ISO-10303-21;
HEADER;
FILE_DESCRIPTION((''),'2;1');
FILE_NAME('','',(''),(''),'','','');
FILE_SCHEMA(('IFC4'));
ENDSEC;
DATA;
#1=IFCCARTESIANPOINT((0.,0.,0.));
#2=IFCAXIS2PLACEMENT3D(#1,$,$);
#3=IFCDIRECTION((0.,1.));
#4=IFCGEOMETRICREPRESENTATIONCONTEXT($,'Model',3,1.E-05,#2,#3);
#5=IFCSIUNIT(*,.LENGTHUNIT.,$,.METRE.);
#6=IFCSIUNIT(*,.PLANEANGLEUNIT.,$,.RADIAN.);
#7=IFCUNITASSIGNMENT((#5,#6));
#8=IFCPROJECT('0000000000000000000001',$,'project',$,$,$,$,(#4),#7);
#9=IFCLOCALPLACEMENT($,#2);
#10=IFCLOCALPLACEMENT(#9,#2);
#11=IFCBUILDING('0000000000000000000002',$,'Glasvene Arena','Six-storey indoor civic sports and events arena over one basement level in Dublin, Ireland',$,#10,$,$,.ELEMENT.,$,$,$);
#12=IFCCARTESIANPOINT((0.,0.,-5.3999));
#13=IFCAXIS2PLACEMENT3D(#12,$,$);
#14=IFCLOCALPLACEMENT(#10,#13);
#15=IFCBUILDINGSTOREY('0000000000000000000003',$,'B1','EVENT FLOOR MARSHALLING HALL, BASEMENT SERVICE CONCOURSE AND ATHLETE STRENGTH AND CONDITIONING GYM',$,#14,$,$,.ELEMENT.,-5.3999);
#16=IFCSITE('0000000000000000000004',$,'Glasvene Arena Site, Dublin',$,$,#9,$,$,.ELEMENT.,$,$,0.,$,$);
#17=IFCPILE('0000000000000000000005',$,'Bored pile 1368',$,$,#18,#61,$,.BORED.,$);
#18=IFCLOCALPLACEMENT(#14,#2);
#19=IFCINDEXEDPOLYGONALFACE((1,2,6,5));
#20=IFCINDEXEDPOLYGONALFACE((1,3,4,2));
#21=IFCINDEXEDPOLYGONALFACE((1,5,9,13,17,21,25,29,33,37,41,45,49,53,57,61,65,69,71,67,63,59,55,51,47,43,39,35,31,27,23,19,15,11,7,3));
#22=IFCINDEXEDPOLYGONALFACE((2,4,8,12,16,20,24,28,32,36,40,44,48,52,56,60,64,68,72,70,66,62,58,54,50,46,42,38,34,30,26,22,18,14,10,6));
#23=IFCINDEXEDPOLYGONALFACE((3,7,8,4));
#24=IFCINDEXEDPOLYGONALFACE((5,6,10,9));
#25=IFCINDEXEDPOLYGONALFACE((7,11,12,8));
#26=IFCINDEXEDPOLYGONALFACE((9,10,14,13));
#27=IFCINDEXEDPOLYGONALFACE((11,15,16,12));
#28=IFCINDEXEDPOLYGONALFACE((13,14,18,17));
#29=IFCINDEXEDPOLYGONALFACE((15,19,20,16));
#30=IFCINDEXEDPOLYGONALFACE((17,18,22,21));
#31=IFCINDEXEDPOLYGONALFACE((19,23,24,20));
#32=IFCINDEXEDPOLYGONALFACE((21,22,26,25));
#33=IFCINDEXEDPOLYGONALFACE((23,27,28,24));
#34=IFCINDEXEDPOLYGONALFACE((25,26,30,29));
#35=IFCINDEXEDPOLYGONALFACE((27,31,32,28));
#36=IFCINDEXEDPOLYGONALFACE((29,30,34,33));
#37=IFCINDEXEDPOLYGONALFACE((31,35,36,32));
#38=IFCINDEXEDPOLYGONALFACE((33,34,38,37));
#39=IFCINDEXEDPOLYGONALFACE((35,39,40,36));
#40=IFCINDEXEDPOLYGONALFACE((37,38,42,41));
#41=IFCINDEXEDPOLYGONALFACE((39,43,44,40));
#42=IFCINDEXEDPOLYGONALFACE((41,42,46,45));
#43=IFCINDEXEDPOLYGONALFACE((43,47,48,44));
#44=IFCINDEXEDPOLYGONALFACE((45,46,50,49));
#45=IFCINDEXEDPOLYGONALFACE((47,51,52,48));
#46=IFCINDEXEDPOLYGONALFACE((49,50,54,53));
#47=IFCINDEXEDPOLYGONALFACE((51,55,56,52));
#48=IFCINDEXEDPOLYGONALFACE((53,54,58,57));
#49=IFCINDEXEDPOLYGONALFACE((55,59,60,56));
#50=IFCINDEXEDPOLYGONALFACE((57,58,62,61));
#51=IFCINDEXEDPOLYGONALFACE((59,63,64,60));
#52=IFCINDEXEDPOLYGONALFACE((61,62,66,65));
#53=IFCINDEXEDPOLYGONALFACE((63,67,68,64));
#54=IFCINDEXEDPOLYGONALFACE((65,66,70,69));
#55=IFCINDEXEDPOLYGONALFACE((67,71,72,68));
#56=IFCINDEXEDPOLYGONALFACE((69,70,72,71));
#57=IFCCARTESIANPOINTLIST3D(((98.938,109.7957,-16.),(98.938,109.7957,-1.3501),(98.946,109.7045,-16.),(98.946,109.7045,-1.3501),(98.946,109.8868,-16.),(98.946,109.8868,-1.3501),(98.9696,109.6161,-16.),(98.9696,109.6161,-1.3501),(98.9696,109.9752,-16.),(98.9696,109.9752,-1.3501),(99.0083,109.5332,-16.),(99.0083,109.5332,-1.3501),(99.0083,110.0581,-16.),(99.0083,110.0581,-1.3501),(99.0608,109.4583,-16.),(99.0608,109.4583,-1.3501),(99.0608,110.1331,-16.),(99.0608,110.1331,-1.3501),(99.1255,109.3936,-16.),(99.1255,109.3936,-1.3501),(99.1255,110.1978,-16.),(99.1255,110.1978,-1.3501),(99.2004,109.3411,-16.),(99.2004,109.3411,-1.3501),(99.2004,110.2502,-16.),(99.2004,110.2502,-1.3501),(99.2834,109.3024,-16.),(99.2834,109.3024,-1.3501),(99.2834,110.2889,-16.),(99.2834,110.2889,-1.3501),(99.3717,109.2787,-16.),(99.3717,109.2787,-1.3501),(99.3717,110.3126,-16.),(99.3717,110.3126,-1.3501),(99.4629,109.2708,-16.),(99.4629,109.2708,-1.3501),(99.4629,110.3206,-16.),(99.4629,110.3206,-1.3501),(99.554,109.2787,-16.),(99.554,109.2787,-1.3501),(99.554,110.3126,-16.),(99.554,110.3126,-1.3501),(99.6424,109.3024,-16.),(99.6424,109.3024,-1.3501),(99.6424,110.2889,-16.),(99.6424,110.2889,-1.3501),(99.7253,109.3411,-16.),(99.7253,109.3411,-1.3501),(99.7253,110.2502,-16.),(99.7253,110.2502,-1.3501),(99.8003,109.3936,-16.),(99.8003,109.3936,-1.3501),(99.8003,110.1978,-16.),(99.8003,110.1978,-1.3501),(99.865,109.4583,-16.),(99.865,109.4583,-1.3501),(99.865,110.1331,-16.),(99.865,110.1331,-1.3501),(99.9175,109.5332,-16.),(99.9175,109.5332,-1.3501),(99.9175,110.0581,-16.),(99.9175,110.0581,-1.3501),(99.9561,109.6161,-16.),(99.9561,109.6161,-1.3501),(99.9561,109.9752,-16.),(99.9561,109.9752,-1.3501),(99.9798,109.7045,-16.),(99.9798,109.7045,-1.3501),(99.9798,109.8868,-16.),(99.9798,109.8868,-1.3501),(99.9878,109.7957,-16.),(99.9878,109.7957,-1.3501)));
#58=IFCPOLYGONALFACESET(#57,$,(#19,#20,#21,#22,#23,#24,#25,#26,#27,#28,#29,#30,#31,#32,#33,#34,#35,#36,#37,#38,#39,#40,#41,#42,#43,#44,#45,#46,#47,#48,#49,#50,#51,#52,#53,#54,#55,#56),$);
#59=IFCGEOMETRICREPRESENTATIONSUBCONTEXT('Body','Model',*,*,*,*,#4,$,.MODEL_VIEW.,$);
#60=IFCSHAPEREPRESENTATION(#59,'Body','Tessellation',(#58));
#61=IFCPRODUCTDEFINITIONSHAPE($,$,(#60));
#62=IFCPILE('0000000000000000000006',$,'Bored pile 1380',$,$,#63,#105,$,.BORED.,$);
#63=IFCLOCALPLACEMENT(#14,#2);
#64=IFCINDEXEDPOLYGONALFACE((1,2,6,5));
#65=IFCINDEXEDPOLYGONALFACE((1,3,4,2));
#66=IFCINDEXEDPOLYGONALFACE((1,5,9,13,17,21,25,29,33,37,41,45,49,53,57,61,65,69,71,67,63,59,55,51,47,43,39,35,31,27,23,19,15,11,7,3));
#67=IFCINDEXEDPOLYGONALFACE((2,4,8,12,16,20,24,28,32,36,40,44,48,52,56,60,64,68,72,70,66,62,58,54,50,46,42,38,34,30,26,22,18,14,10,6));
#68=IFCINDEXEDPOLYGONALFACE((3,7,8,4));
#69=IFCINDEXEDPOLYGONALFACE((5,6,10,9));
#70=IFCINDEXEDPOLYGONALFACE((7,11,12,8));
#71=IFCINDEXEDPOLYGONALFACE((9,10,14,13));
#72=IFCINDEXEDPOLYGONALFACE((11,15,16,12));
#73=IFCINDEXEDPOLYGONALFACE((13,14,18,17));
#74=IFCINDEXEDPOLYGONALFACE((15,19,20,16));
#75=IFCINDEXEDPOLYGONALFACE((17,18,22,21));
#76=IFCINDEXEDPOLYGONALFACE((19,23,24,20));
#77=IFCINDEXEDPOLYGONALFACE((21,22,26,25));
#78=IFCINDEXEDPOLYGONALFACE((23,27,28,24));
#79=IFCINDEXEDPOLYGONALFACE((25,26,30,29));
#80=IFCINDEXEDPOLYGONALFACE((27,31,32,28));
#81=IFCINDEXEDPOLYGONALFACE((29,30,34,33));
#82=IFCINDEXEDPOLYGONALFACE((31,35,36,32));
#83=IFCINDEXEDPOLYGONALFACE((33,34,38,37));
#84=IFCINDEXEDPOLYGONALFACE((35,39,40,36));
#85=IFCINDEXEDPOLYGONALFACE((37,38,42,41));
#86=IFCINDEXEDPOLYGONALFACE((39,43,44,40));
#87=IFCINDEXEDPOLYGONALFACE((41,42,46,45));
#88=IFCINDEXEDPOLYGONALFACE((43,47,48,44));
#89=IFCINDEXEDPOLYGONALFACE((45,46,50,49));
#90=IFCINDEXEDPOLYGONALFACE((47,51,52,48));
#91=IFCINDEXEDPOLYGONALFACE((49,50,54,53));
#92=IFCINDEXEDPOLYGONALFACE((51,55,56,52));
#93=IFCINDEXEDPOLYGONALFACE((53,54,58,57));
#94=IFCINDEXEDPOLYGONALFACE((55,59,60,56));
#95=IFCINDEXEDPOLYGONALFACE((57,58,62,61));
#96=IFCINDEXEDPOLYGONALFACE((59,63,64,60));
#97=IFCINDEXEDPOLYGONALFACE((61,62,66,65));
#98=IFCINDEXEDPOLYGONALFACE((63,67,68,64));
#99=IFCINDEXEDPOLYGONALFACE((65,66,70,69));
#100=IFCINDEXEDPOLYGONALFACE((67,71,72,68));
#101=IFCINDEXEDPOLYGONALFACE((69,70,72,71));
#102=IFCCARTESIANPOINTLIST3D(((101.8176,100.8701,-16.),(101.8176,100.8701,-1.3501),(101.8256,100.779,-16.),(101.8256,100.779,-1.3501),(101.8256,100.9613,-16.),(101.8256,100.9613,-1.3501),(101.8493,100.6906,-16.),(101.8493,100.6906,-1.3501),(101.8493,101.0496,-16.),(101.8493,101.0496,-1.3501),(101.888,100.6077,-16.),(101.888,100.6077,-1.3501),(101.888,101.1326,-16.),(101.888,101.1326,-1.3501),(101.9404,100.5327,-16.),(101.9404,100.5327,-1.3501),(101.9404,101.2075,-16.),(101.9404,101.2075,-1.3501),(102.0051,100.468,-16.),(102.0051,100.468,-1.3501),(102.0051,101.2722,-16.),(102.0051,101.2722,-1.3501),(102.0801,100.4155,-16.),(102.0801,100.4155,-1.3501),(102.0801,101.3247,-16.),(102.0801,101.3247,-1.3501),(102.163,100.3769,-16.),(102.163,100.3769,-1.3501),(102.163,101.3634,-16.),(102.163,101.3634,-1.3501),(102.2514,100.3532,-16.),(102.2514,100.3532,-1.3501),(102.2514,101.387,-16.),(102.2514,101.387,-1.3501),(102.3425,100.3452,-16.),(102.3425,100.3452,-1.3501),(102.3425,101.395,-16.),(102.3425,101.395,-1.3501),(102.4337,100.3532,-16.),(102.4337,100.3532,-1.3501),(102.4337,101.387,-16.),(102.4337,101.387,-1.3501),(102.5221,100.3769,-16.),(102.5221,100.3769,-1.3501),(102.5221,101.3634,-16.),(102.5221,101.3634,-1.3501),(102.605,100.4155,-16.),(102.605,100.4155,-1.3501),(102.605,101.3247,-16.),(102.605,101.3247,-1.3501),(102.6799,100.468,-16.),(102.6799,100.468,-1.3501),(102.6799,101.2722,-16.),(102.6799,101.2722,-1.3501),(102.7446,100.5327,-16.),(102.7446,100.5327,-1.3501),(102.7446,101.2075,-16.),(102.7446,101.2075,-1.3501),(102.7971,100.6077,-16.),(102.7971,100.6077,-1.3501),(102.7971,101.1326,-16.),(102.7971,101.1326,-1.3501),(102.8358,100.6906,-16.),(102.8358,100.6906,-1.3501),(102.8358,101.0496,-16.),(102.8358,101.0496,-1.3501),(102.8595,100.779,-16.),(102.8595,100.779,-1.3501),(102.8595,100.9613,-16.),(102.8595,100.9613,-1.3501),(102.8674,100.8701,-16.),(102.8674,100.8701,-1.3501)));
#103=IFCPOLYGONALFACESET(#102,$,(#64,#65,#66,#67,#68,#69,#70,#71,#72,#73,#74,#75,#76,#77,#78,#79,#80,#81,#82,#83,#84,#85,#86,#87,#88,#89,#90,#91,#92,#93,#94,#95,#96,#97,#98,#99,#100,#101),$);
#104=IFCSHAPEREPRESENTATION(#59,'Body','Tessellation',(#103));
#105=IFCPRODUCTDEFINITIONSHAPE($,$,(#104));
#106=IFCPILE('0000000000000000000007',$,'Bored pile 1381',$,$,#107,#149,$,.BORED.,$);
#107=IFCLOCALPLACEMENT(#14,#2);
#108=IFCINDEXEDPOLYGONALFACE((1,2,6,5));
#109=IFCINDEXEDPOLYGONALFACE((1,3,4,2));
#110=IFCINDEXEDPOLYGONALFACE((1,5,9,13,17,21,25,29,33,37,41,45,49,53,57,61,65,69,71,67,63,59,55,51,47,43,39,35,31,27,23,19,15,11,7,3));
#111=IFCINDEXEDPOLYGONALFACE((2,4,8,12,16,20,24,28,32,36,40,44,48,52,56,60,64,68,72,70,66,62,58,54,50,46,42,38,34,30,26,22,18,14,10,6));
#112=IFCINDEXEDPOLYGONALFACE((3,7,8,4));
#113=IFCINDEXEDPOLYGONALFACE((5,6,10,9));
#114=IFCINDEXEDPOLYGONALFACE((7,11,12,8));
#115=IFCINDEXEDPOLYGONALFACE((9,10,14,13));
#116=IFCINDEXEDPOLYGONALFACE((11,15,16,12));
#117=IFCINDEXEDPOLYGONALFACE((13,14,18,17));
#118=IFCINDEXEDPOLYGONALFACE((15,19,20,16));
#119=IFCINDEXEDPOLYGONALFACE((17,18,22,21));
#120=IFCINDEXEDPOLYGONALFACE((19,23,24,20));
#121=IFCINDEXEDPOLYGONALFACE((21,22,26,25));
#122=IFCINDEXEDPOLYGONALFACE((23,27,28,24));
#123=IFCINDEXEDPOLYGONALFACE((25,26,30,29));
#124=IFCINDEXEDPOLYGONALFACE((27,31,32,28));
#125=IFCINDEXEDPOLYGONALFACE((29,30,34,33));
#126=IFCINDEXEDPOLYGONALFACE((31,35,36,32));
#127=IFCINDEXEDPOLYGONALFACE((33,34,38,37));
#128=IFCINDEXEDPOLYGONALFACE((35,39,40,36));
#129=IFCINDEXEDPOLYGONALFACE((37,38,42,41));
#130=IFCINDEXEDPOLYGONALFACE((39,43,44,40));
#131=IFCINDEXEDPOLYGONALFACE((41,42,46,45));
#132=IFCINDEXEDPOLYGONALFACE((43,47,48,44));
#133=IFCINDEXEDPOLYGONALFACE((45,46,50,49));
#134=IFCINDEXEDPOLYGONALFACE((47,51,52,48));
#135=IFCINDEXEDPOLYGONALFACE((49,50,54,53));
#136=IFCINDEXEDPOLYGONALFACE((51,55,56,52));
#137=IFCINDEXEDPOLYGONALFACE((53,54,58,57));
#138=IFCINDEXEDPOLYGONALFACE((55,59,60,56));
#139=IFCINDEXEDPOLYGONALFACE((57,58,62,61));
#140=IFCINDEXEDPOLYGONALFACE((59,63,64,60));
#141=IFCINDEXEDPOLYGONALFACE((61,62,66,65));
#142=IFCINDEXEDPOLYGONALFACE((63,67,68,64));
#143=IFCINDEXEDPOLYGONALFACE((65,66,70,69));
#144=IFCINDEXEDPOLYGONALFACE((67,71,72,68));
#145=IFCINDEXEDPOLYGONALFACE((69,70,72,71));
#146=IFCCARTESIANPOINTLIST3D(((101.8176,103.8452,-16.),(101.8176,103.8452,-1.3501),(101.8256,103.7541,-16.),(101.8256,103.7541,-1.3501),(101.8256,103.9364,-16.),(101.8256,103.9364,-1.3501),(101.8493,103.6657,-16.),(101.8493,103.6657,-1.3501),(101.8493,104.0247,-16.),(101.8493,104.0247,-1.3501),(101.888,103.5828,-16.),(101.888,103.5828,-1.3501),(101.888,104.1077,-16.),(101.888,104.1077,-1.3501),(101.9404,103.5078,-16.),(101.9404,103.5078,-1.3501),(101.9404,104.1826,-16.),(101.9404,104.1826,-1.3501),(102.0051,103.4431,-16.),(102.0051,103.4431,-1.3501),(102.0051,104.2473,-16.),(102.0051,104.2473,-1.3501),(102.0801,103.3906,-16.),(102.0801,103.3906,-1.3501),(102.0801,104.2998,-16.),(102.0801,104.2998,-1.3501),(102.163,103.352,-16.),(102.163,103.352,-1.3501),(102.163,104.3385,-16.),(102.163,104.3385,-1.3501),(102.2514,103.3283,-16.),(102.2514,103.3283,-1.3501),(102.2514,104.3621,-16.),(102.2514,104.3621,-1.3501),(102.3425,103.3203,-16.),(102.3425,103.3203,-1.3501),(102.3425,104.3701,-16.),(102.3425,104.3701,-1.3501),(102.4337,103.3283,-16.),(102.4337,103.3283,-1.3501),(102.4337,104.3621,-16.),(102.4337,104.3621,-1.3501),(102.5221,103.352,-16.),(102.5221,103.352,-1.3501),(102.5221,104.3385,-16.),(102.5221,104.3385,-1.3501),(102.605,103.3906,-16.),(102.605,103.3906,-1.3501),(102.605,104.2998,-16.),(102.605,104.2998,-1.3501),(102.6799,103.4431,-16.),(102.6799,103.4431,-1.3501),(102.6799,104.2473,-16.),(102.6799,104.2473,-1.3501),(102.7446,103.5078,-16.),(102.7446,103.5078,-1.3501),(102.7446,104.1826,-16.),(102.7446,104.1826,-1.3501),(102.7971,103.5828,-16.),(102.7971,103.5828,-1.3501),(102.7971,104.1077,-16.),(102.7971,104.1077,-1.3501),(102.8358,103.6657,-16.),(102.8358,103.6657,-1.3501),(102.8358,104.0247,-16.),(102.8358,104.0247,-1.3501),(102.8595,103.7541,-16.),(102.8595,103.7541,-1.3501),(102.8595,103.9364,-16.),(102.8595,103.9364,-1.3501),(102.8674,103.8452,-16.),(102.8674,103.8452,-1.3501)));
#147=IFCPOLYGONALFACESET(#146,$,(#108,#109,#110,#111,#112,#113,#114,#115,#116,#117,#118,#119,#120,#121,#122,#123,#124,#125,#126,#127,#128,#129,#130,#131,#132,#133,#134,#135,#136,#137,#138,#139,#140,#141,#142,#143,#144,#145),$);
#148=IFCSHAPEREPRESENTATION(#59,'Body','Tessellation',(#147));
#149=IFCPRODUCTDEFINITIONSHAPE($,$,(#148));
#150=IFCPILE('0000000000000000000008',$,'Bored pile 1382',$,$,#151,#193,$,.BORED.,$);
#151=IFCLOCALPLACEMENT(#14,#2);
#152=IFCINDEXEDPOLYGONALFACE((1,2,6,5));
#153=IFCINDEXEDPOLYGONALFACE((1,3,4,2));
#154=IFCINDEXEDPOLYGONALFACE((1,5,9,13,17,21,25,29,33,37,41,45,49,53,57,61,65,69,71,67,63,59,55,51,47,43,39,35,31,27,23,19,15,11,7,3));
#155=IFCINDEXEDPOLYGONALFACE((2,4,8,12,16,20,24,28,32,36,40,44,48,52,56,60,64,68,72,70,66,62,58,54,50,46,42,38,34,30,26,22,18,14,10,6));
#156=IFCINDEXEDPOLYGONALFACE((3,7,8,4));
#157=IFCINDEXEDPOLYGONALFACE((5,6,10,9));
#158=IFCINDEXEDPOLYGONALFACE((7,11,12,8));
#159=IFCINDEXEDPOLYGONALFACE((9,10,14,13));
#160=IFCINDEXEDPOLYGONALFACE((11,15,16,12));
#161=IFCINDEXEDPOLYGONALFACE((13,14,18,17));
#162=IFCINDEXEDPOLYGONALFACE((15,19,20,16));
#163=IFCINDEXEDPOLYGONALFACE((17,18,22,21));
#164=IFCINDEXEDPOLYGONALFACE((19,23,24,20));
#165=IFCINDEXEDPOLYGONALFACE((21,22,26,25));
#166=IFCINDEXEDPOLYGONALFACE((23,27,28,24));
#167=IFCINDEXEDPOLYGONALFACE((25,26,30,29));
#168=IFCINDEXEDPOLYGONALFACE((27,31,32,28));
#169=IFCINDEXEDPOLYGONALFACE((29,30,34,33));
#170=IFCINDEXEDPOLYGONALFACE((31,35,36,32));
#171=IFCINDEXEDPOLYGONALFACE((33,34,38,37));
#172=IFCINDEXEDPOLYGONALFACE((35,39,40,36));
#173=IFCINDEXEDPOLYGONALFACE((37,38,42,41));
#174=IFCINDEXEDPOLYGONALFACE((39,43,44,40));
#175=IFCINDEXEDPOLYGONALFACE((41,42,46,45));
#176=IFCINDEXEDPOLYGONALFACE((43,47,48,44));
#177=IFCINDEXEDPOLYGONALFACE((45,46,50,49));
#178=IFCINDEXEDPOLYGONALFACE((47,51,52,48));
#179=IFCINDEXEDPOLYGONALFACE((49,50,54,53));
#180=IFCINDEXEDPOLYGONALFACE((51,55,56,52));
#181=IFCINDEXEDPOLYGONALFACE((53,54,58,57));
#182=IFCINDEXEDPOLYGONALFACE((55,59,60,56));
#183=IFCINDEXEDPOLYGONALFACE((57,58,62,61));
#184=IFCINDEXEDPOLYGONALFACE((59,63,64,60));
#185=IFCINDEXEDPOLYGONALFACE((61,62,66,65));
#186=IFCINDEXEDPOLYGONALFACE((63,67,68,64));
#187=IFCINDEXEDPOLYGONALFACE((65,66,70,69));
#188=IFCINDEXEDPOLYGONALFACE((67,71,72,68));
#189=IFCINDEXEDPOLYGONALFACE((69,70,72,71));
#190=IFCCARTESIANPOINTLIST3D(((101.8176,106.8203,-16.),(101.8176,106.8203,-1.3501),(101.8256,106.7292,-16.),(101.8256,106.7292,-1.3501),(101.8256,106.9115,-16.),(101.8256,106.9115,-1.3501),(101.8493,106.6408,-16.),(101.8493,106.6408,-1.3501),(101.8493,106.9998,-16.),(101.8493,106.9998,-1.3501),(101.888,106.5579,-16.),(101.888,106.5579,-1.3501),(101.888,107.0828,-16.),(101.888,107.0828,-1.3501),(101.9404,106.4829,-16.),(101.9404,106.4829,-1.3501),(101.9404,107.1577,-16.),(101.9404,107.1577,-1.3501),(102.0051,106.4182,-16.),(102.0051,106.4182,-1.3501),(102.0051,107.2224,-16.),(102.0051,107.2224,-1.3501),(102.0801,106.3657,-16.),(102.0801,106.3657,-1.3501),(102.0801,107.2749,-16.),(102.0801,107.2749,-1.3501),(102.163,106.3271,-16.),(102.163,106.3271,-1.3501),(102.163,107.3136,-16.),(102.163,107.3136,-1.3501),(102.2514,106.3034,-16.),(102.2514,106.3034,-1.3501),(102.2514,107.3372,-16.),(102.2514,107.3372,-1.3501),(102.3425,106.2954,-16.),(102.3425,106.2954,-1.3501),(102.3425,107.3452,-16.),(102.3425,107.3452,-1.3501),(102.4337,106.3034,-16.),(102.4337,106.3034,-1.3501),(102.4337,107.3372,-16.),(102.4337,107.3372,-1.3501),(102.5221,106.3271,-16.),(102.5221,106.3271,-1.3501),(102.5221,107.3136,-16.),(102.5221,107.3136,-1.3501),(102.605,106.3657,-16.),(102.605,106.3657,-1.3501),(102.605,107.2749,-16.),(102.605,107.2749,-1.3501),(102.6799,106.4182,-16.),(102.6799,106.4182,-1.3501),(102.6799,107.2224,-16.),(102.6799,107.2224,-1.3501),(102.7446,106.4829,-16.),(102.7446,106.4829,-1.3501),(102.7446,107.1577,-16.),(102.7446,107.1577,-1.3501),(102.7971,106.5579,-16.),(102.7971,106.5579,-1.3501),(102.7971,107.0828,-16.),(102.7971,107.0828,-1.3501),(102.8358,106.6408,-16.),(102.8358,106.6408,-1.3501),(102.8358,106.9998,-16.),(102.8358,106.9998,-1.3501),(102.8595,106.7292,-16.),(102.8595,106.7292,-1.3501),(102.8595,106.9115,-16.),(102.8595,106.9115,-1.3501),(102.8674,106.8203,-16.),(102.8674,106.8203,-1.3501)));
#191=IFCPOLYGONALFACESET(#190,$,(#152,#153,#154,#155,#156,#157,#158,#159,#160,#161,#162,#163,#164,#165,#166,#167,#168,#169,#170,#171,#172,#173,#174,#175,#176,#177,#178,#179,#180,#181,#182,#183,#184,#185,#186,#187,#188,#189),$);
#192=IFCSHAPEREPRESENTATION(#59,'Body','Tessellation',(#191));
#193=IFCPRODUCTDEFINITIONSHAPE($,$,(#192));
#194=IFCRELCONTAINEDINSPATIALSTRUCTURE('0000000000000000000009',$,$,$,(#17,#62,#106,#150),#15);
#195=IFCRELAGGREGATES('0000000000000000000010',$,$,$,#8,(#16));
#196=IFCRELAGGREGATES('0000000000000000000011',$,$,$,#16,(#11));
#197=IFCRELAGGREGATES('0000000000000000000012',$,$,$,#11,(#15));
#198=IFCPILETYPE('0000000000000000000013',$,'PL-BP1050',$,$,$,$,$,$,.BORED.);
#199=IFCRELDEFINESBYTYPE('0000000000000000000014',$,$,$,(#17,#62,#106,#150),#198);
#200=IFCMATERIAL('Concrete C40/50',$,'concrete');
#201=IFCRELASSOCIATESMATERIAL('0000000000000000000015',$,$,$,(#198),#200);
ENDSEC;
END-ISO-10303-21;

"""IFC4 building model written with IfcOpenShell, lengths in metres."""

from ifc_helpers import new_model, si_unit, direction, frame, origin, origin_2d, place, context, subcontext, project, spatial, circle, extrude, material, material_profile, profile_set, type_object, element, save


model = new_model("IFC4")

# Units and contexts
model_context = context("Model", 3, precision=1e-05, world=origin(), true_north=direction((0.0, 1.0)))
body_context = subcontext(model_context, "Body", "Model", "MODEL_VIEW")
ifc_project = project(units=[si_unit("LENGTHUNIT", "METRE"), si_unit("PLANEANGLEUNIT", "RADIAN")], contexts=[model_context])

# Site, building, storey
site_placement = place(None, origin())
site = spatial("IfcSite", under=ifc_project, at=site_placement, Name="Glasvene Arena Site, Dublin", CompositionType="ELEMENT", RefElevation=0.0)
building_placement = place(site_placement, origin())
building = spatial("IfcBuilding", under=site, at=building_placement, Name="Glasvene Arena", Description="Six-storey indoor civic sports and events arena over one basement level in Dublin, Ireland", CompositionType="ELEMENT")
storey_placement = place(building_placement, frame((0.0, 0.0, -5.3999)))
storey = spatial("IfcBuildingStorey", under=building, at=storey_placement, Name="B1", Description="EVENT FLOOR MARSHALLING HALL, BASEMENT SERVICE CONCOURSE AND ATHLETE STRENGTH AND CONDITIONING GYM", CompositionType="ELEMENT", Elevation=-5.3999)

# Shared definitions
ifc_material_1 = material(Name="Concrete C40/50", Category="concrete")

# Piles
ifc_material_profile_1 = material_profile(ifc_material_1, circle(Radius=0.5249, at=origin_2d()), Name="BORED PILE 1050")
ifc_profile_set_1 = profile_set([ifc_material_profile_1], Name="Concrete C40/50")
pile_type_1 = type_object("IfcPileType", Name="PL-BP1050", PredefinedType="BORED", material=ifc_profile_set_1)
for number, where, z_axis, x_axis, name in (
    (1, (99.4629, 109.7957, -1.3501), (0.0, 0.0, -1.0), (1.0, 0.0, 0.0), "Bored pile 1368"),
    (2, (102.3425, 100.8701, -1.3501), (0.0, 0.0, -1.0), (1.0, 0.0, 0.0), "Bored pile 1380"),
    (3, (102.3425, 103.8452, -1.3501), (0.0, 0.0, -1.0), (1.0, 0.0, 0.0), "Bored pile 1381"),
    (4, (102.3425, 106.8203, -1.3501), (0.0, 0.0, -1.0), (1.0, 0.0, 0.0), "Bored pile 1382"),
):
    element("IfcPile", number, at=place(storey_placement, frame(where, z_axis=z_axis, x_axis=x_axis)), inside=storey, type_object=pile_type_1, Name=name, PredefinedType="BORED", context=body_context, shape_type="SweptSolid", body=[
        extrude(circle(Radius=0.5249, at=origin_2d()), origin(), (0.0, 0.0, 1.0), 14.6499),
    ])

save(model, "model.ifc")
